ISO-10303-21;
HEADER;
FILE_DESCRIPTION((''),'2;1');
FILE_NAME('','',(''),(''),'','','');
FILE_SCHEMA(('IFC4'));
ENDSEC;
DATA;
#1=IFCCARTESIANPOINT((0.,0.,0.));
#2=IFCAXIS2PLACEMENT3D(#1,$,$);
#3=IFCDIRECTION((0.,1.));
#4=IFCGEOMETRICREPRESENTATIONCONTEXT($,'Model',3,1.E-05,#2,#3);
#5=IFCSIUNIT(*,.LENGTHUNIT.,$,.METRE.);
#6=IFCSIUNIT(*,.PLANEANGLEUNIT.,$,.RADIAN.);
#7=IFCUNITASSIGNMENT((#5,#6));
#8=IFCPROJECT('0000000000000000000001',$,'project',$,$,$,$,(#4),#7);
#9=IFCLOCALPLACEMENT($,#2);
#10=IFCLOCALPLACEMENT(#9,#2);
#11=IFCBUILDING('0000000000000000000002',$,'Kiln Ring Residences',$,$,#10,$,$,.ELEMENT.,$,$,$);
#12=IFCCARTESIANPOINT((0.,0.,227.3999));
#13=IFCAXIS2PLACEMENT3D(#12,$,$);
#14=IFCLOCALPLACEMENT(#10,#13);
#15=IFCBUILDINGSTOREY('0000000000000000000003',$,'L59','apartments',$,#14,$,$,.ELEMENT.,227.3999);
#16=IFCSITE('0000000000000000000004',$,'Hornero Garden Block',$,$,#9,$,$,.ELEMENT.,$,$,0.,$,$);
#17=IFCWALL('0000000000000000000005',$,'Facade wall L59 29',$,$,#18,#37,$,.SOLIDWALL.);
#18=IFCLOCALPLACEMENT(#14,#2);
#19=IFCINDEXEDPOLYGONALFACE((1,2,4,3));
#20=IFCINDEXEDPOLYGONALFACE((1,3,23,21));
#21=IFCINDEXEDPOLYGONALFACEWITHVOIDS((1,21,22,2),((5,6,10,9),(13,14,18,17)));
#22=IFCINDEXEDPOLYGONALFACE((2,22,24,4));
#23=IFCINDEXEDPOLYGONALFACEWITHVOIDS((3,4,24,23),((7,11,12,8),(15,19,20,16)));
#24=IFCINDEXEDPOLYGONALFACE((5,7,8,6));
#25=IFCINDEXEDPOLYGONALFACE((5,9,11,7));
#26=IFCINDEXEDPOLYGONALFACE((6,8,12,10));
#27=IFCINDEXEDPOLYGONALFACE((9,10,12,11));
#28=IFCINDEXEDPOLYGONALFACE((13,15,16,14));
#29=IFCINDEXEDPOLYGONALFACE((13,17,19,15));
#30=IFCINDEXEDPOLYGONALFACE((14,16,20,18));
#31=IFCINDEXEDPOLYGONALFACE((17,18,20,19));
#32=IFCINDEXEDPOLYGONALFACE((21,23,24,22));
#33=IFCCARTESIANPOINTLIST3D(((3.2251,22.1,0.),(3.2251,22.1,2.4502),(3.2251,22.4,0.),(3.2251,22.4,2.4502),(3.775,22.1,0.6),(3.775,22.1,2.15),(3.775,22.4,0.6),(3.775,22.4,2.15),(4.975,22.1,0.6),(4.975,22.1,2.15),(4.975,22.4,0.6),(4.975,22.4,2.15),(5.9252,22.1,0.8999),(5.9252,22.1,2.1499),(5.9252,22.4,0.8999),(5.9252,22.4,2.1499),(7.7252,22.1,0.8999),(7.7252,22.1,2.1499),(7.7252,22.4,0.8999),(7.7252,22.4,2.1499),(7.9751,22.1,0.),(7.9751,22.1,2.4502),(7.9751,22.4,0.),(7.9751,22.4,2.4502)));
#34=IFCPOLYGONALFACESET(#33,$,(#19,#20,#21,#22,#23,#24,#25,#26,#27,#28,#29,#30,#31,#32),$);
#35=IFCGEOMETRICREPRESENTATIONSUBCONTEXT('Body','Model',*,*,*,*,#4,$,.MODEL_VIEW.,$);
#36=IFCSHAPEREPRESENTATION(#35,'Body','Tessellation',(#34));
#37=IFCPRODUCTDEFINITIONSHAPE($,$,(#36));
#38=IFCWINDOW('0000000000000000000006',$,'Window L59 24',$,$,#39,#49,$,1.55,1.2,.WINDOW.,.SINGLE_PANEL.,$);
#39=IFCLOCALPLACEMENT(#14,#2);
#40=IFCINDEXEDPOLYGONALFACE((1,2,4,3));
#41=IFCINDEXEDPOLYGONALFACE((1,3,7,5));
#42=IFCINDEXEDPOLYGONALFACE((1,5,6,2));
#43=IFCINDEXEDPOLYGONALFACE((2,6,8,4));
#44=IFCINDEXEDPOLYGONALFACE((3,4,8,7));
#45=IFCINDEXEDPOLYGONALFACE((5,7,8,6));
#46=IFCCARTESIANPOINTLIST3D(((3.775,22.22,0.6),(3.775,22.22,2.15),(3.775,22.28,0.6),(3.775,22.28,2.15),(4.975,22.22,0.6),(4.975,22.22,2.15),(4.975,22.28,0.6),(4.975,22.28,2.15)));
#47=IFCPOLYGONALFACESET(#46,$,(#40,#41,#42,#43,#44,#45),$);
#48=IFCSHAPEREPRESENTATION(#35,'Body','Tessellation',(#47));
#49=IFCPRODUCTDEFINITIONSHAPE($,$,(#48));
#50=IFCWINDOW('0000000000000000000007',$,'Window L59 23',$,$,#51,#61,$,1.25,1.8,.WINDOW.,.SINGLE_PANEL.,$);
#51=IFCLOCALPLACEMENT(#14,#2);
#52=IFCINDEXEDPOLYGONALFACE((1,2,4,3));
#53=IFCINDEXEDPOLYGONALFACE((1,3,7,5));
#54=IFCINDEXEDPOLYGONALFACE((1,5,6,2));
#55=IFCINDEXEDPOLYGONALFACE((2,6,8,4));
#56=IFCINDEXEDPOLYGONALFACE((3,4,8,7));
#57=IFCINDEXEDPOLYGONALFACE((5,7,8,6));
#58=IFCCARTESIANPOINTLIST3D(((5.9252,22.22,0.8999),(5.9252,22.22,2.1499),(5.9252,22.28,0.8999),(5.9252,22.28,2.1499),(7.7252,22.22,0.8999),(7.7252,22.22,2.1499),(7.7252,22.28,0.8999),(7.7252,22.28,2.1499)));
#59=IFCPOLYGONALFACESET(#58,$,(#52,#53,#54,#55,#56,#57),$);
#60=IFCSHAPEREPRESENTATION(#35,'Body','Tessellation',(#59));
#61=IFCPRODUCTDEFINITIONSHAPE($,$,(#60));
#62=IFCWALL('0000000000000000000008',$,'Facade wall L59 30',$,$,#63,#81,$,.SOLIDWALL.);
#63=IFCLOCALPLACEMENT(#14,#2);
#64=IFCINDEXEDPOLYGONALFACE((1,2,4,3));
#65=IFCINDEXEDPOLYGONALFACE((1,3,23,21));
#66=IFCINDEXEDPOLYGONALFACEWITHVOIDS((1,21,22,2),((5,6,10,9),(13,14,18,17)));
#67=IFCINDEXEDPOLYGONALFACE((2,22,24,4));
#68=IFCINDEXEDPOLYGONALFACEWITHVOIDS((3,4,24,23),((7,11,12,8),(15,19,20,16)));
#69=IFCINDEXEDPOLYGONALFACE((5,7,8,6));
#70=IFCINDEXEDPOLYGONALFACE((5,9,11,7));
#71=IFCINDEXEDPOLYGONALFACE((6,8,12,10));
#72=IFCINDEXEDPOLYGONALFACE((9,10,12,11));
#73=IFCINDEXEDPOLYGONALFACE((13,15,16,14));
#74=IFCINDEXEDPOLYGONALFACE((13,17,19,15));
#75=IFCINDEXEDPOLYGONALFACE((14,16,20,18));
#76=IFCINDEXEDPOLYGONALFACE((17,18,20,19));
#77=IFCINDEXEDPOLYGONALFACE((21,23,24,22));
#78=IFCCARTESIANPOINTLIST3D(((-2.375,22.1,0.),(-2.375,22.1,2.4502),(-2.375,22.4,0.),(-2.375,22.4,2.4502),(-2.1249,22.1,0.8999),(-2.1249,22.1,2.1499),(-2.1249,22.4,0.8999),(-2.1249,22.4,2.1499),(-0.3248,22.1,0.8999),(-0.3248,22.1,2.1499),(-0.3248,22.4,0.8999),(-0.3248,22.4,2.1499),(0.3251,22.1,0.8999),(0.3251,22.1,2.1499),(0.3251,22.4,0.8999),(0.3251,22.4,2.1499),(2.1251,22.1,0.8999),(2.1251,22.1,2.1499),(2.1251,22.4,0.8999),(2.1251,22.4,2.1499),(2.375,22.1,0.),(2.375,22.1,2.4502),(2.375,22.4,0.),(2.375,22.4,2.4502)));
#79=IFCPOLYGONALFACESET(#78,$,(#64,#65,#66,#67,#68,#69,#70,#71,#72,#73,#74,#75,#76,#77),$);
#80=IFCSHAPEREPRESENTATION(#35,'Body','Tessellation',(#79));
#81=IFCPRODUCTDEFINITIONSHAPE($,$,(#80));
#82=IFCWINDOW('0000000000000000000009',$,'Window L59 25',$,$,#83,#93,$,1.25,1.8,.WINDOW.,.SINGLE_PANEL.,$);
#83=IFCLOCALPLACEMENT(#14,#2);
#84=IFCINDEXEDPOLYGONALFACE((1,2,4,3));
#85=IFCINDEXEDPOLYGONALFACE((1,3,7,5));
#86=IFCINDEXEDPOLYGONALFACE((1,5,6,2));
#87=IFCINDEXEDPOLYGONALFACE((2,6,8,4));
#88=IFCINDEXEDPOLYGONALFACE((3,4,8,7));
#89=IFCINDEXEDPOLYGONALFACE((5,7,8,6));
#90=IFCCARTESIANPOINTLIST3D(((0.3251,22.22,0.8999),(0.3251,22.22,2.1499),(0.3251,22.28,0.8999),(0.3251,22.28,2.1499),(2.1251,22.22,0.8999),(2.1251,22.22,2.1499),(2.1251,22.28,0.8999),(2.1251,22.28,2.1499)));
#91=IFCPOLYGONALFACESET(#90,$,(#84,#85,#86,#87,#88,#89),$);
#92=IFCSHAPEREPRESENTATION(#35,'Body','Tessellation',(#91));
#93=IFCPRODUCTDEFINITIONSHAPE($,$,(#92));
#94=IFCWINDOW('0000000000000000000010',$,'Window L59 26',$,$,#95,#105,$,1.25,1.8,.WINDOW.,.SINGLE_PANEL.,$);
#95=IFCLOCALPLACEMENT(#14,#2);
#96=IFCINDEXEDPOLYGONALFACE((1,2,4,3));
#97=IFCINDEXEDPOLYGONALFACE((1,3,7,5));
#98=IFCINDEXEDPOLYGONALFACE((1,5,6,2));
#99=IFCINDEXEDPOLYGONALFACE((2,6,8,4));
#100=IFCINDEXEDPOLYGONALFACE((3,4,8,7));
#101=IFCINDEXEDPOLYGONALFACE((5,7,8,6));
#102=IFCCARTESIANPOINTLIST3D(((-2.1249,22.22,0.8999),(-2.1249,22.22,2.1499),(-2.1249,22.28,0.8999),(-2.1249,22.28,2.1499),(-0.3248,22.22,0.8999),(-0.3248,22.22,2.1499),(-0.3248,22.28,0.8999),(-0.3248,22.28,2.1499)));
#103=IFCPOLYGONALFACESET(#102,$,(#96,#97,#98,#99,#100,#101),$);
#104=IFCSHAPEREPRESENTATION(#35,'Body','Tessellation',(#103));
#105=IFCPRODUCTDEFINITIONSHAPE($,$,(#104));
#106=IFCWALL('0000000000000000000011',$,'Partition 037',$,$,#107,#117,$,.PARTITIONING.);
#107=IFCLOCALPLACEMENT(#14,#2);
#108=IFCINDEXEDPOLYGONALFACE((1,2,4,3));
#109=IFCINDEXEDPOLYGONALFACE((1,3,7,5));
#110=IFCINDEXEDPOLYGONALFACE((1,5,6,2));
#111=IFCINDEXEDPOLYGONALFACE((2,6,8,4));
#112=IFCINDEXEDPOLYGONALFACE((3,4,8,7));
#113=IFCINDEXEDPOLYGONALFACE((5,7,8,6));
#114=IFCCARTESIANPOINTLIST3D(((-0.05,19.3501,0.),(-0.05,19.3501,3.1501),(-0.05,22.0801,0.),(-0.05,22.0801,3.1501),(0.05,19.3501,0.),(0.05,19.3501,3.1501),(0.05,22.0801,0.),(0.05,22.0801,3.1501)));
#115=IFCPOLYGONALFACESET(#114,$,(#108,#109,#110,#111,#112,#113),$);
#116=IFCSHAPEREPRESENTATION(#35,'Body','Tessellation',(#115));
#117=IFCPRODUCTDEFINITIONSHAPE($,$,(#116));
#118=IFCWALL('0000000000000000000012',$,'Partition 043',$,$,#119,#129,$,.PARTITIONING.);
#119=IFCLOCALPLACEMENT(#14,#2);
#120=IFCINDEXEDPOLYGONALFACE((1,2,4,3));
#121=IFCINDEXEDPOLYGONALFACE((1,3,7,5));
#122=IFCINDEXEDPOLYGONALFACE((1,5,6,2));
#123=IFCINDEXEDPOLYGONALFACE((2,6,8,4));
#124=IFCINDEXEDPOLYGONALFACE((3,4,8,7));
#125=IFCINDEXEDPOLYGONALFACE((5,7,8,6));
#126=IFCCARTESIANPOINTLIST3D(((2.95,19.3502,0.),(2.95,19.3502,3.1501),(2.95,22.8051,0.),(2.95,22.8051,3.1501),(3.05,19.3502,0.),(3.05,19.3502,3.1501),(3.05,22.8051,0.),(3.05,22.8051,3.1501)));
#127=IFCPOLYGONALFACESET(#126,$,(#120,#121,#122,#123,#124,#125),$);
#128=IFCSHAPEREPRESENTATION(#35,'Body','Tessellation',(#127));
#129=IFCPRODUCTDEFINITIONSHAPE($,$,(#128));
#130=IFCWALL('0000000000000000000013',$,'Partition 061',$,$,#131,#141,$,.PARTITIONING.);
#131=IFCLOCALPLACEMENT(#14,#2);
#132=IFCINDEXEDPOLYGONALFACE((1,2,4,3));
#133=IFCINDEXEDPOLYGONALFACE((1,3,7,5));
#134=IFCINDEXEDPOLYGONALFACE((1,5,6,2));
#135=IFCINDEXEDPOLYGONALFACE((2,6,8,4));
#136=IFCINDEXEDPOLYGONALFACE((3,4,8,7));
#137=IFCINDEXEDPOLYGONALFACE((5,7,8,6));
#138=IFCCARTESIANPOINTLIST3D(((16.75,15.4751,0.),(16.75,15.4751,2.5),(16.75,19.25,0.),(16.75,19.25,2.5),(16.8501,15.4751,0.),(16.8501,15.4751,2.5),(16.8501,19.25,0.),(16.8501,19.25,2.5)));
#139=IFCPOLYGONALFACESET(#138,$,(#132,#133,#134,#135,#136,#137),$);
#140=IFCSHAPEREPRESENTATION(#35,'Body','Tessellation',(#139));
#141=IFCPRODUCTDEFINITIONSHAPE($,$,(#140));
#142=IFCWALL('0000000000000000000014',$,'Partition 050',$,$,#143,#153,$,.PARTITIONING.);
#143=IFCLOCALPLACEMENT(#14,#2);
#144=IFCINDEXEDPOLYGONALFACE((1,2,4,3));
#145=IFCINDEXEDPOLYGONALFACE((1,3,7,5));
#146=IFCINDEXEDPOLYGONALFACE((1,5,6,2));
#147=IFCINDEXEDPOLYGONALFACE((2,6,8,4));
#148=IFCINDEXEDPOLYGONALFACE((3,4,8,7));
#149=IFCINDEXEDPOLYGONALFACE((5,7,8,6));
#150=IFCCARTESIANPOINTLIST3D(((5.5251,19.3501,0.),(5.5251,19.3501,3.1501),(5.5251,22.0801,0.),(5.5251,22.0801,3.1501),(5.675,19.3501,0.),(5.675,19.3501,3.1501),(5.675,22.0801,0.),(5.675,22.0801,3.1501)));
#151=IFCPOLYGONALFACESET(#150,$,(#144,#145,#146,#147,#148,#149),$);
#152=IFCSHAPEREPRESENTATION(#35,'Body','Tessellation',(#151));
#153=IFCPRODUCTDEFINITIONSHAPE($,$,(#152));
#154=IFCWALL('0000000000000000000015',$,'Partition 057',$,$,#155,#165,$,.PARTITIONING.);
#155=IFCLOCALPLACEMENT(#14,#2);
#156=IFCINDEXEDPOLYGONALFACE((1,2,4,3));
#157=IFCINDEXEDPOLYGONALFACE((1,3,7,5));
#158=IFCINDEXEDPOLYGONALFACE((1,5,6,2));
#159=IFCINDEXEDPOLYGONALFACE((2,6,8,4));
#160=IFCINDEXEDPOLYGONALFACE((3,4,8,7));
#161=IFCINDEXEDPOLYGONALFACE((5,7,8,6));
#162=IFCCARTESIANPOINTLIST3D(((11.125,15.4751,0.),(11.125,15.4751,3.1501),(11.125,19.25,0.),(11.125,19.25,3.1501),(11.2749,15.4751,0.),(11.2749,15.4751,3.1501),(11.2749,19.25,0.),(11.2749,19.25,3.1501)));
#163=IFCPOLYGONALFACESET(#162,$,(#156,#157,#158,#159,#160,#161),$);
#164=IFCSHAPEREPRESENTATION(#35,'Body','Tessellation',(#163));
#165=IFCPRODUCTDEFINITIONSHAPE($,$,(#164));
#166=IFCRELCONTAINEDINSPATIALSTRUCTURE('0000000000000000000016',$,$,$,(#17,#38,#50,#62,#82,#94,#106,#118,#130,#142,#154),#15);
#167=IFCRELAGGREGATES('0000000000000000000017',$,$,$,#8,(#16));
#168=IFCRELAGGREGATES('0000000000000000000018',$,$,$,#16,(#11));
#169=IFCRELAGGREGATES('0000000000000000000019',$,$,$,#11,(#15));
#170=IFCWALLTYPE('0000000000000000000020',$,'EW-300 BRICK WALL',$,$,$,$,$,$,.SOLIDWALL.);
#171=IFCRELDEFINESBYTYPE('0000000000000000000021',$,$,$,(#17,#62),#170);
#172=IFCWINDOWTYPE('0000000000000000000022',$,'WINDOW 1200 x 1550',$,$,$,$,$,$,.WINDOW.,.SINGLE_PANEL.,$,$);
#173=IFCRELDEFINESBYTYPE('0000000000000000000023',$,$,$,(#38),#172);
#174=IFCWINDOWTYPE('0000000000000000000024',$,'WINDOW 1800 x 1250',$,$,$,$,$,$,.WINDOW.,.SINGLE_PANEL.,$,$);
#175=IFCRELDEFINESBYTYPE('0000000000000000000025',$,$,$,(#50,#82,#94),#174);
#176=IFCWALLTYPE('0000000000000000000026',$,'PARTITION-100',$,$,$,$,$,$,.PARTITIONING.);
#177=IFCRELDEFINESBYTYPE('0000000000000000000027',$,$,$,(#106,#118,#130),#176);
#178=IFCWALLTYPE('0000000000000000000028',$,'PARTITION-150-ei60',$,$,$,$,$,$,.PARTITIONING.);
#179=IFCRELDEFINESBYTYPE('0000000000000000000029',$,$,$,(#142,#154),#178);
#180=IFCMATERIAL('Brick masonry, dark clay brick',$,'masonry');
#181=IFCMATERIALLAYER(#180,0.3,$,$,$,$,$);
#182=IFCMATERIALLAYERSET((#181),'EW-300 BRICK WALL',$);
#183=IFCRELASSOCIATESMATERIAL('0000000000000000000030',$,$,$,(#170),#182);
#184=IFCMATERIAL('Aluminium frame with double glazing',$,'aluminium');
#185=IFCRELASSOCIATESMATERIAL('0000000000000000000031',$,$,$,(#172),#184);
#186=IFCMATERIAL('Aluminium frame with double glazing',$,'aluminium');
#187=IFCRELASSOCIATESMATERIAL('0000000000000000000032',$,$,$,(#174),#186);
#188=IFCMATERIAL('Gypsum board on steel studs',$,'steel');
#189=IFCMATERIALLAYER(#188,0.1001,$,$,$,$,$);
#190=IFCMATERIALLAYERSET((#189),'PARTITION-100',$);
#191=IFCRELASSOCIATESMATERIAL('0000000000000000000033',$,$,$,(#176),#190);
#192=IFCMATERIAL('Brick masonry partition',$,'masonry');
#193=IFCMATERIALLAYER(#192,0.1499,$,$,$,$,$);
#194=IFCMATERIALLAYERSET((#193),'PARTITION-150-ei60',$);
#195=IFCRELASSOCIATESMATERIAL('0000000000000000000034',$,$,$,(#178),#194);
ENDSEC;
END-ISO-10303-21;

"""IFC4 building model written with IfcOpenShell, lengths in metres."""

from ifc_helpers import new_model, si_unit, direction, frame, frame_2d, origin, place, context, subcontext, project, spatial, rectangle, extrude, material, layer, layer_set, type_object, element, fill, save


model = new_model("IFC4")

# Units and contexts
model_context = context("Model", 3, precision=1e-05, world=origin(), true_north=direction((0.0, 1.0)))
body_context = subcontext(model_context, "Body", "Model", "MODEL_VIEW")
ifc_project = project(units=[si_unit("LENGTHUNIT", "METRE"), si_unit("PLANEANGLEUNIT", "RADIAN")], contexts=[model_context])

# Site, building, storey
site_placement = place(None, origin())
site = spatial("IfcSite", under=ifc_project, at=site_placement, Name="Hornero Garden Block", CompositionType="ELEMENT", RefElevation=0.0)
building_placement = place(site_placement, origin())
building = spatial("IfcBuilding", under=site, at=building_placement, Name="Kiln Ring Residences", CompositionType="ELEMENT")
storey_placement = place(building_placement, frame((0.0, 0.0, 227.3999)))
storey = spatial("IfcBuildingStorey", under=building, at=storey_placement, Name="L59", Description="apartments", CompositionType="ELEMENT", Elevation=227.3999)

# Shared definitions
ifc_material_1 = material(Name="Brick masonry, dark clay brick", Category="masonry")
ifc_layer_1 = layer(ifc_material_1, 0.3)
ifc_layer_set_1 = layer_set([ifc_layer_1], Name="EW-300 BRICK WALL")
wall_type_1 = type_object("IfcWallType", Name="EW-300 BRICK WALL", PredefinedType="SOLIDWALL", material=ifc_layer_set_1)
ifc_material_2 = material(Name="Aluminium frame with double glazing", Category="aluminium")
window_type_1 = type_object("IfcWindowType", Name="WINDOW 1200 x 1550", PartitioningType="SINGLE_PANEL", PredefinedType="WINDOW", material=ifc_material_2)

# Walls, openings, windows
wall_1_placement = place(storey_placement, frame((7.9751, 22.25, 0.0), z_axis=(0.0, 0.0, 1.0), x_axis=(-1.0, 0.0, 0.0)))
wall_1 = element("IfcWall", 1, at=wall_1_placement, inside=storey, type_object=wall_type_1, Name="Facade wall L59 29", PredefinedType="SOLIDWALL", context=body_context, shape_type="SweptSolid", body=[
    extrude(rectangle(XDim=4.75, YDim=0.3, at=frame_2d((2.375, 0.0))), origin(), (0.0, 0.0, 1.0), 2.4502),
])
opening_1_placement = place(wall_1_placement, frame((0.25, 0.0, 0.8999)))
opening_1 = element("IfcOpeningElement", 2, at=opening_1_placement, cuts=wall_1, PredefinedType="OPENING", context=body_context, shape_type="SweptSolid", body=[
    extrude(rectangle(XDim=1.8, YDim=1.25, at=frame_2d((0.8999, 0.625))), frame((0.0, 0.1599, 0.0), z_axis=(0.0, -1.0, 0.0), x_axis=(1.0, 0.0, 0.0)), (0.0, 0.0, 1.0), 0.3201),
])
opening_2_placement = place(wall_1_placement, frame((3.0, 0.0, 0.6001)))
opening_2 = element("IfcOpeningElement", 3, at=opening_2_placement, cuts=wall_1, PredefinedType="OPENING", context=body_context, shape_type="SweptSolid", body=[
    extrude(rectangle(XDim=1.2, YDim=1.55, at=frame_2d((0.6001, 0.7749))), frame((0.0, 0.1599, 0.0), z_axis=(0.0, -1.0, 0.0), x_axis=(1.0, 0.0, 0.0)), (0.0, 0.0, 1.0), 0.3201),
])
window_1_placement = place(opening_2_placement, origin())
window_1 = element("IfcWindow", 4, at=window_1_placement, inside=storey, type_object=window_type_1, Name="Window L59 24", OverallHeight=1.55, OverallWidth=1.2, PartitioningType="SINGLE_PANEL", PredefinedType="WINDOW", context=body_context, shape_type="SweptSolid", body=[
    extrude(rectangle(XDim=1.2, YDim=1.55, at=frame_2d((0.6001, 0.7749))), frame((0.0, 0.03, 0.0), z_axis=(0.0, -1.0, 0.0), x_axis=(1.0, 0.0, 0.0)), (0.0, 0.0, 1.0), 0.0601),
])
fill(opening_2, window_1)
ifc_material_3 = material(Name="Aluminium frame with double glazing", Category="aluminium")
window_type_2 = type_object("IfcWindowType", Name="WINDOW 1800 x 1250", PartitioningType="SINGLE_PANEL", PredefinedType="WINDOW", material=ifc_material_3)
window_2_placement = place(opening_1_placement, origin())
window_2 = element("IfcWindow", 5, at=window_2_placement, inside=storey, type_object=window_type_2, Name="Window L59 23", OverallHeight=1.25, OverallWidth=1.8, PartitioningType="SINGLE_PANEL", PredefinedType="WINDOW", context=body_context, shape_type="SweptSolid", body=[
    extrude(rectangle(XDim=1.8, YDim=1.25, at=frame_2d((0.8999, 0.625))), frame((0.0, 0.03, 0.0), z_axis=(0.0, -1.0, 0.0), x_axis=(1.0, 0.0, 0.0)), (0.0, 0.0, 1.0), 0.0601),
])
fill(opening_1, window_2)
wall_2_placement = place(storey_placement, frame((2.375, 22.25, 0.0), z_axis=(0.0, 0.0, 1.0), x_axis=(-1.0, 0.0, 0.0)))
wall_2 = element("IfcWall", 6, at=wall_2_placement, inside=storey, type_object=wall_type_1, Name="Facade wall L59 30", PredefinedType="SOLIDWALL", context=body_context, shape_type="SweptSolid", body=[
    extrude(rectangle(XDim=4.75, YDim=0.3, at=frame_2d((2.375, 0.0))), origin(), (0.0, 0.0, 1.0), 2.4502),
])
opening_3_placement = place(wall_2_placement, frame((0.25, 0.0, 0.8999)))
opening_3 = element("IfcOpeningElement", 7, at=opening_3_placement, cuts=wall_2, PredefinedType="OPENING", context=body_context, shape_type="SweptSolid", body=[
    extrude(rectangle(XDim=1.8, YDim=1.25, at=frame_2d((0.8999, 0.625))), frame((0.0, 0.1599, 0.0), z_axis=(0.0, -1.0, 0.0), x_axis=(1.0, 0.0, 0.0)), (0.0, 0.0, 1.0), 0.3201),
])
opening_4_placement = place(wall_2_placement, frame((2.7, 0.0, 0.8999)))
opening_4 = element("IfcOpeningElement", 8, at=opening_4_placement, cuts=wall_2, PredefinedType="OPENING", context=body_context, shape_type="SweptSolid", body=[
    extrude(rectangle(XDim=1.8, YDim=1.25, at=frame_2d((0.8999, 0.625))), frame((0.0, 0.1599, 0.0), z_axis=(0.0, -1.0, 0.0), x_axis=(1.0, 0.0, 0.0)), (0.0, 0.0, 1.0), 0.3201),
])
window_3_placement = place(opening_3_placement, origin())
window_3 = element("IfcWindow", 9, at=window_3_placement, inside=storey, type_object=window_type_2, Name="Window L59 25", OverallHeight=1.25, OverallWidth=1.8, PartitioningType="SINGLE_PANEL", PredefinedType="WINDOW", context=body_context, shape_type="SweptSolid", body=[
    extrude(rectangle(XDim=1.8, YDim=1.25, at=frame_2d((0.8999, 0.625))), frame((0.0, 0.03, 0.0), z_axis=(0.0, -1.0, 0.0), x_axis=(1.0, 0.0, 0.0)), (0.0, 0.0, 1.0), 0.0601),
])
fill(opening_3, window_3)
window_4_placement = place(opening_4_placement, origin())
window_4 = element("IfcWindow", 10, at=window_4_placement, inside=storey, type_object=window_type_2, Name="Window L59 26", OverallHeight=1.25, OverallWidth=1.8, PartitioningType="SINGLE_PANEL", PredefinedType="WINDOW", context=body_context, shape_type="SweptSolid", body=[
    extrude(rectangle(XDim=1.8, YDim=1.25, at=frame_2d((0.8999, 0.625))), frame((0.0, 0.03, 0.0), z_axis=(0.0, -1.0, 0.0), x_axis=(1.0, 0.0, 0.0)), (0.0, 0.0, 1.0), 0.0601),
])
fill(opening_4, window_4)

# Walls
ifc_material_4 = material(Name="Gypsum board on steel studs", Category="steel")
ifc_layer_2 = layer(ifc_material_4, 0.1001)
ifc_layer_set_2 = layer_set([ifc_layer_2], Name="PARTITION-100")
wall_type_2 = type_object("IfcWallType", Name="PARTITION-100", PredefinedType="PARTITIONING", material=ifc_layer_set_2)
wall_3_placement = place(storey_placement, frame((0.0, 19.3501, 0.0), z_axis=(0.0, 0.0, 1.0), x_axis=(0.0, 1.0, 0.0)))
element("IfcWall", 11, at=wall_3_placement, inside=storey, type_object=wall_type_2, Name="Partition 037", PredefinedType="PARTITIONING", context=body_context, shape_type="SweptSolid", body=[
    extrude(rectangle(XDim=2.73, YDim=0.1001, at=frame_2d((1.365, 0.0))), origin(), (0.0, 0.0, 1.0), 3.1501),
])
wall_4_placement = place(storey_placement, frame((3.0, 19.3501, 0.0), z_axis=(0.0, 0.0, 1.0), x_axis=(0.0, 1.0, 0.0)))
element("IfcWall", 12, at=wall_4_placement, inside=storey, type_object=wall_type_2, Name="Partition 043", PredefinedType="PARTITIONING", context=body_context, shape_type="SweptSolid", body=[
    extrude(rectangle(XDim=3.4548, YDim=0.1001, at=frame_2d((1.7275, 0.0))), origin(), (0.0, 0.0, 1.0), 3.1501),
])
wall_5_placement = place(storey_placement, frame((16.8, 15.4751, 0.0), z_axis=(0.0, 0.0, 1.0), x_axis=(0.0, 1.0, 0.0)))
element("IfcWall", 13, at=wall_5_placement, inside=storey, type_object=wall_type_2, Name="Partition 061", PredefinedType="PARTITIONING", context=body_context, shape_type="SweptSolid", body=[
    extrude(rectangle(XDim=3.7749, YDim=0.1001, at=frame_2d((1.8875, 0.0))), origin(), (0.0, 0.0, 1.0), 2.5),
])
ifc_material_5 = material(Name="Brick masonry partition", Category="masonry")
ifc_layer_3 = layer(ifc_material_5, 0.1499)
ifc_layer_set_3 = layer_set([ifc_layer_3], Name="PARTITION-150-ei60")
wall_type_3 = type_object("IfcWallType", Name="PARTITION-150-ei60", PredefinedType="PARTITIONING", material=ifc_layer_set_3)
wall_6_placement = place(storey_placement, frame((5.6001, 19.3501, 0.0), z_axis=(0.0, 0.0, 1.0), x_axis=(0.0, 1.0, 0.0)))
element("IfcWall", 14, at=wall_6_placement, inside=storey, type_object=wall_type_3, Name="Partition 050", PredefinedType="PARTITIONING", context=body_context, shape_type="SweptSolid", body=[
    extrude(rectangle(XDim=2.73, YDim=0.1499, at=frame_2d((1.365, 0.0))), origin(), (0.0, 0.0, 1.0), 3.1501),
])
wall_7_placement = place(storey_placement, frame((11.2, 15.4751, 0.0), z_axis=(0.0, 0.0, 1.0), x_axis=(0.0, 1.0, 0.0)))
element("IfcWall", 15, at=wall_7_placement, inside=storey, type_object=wall_type_3, Name="Partition 057", PredefinedType="PARTITIONING", context=body_context, shape_type="SweptSolid", body=[
    extrude(rectangle(XDim=3.7749, YDim=0.1499, at=frame_2d((1.8875, 0.0))), origin(), (0.0, 0.0, 1.0), 3.1501),
])

save(model, "model.ifc")
